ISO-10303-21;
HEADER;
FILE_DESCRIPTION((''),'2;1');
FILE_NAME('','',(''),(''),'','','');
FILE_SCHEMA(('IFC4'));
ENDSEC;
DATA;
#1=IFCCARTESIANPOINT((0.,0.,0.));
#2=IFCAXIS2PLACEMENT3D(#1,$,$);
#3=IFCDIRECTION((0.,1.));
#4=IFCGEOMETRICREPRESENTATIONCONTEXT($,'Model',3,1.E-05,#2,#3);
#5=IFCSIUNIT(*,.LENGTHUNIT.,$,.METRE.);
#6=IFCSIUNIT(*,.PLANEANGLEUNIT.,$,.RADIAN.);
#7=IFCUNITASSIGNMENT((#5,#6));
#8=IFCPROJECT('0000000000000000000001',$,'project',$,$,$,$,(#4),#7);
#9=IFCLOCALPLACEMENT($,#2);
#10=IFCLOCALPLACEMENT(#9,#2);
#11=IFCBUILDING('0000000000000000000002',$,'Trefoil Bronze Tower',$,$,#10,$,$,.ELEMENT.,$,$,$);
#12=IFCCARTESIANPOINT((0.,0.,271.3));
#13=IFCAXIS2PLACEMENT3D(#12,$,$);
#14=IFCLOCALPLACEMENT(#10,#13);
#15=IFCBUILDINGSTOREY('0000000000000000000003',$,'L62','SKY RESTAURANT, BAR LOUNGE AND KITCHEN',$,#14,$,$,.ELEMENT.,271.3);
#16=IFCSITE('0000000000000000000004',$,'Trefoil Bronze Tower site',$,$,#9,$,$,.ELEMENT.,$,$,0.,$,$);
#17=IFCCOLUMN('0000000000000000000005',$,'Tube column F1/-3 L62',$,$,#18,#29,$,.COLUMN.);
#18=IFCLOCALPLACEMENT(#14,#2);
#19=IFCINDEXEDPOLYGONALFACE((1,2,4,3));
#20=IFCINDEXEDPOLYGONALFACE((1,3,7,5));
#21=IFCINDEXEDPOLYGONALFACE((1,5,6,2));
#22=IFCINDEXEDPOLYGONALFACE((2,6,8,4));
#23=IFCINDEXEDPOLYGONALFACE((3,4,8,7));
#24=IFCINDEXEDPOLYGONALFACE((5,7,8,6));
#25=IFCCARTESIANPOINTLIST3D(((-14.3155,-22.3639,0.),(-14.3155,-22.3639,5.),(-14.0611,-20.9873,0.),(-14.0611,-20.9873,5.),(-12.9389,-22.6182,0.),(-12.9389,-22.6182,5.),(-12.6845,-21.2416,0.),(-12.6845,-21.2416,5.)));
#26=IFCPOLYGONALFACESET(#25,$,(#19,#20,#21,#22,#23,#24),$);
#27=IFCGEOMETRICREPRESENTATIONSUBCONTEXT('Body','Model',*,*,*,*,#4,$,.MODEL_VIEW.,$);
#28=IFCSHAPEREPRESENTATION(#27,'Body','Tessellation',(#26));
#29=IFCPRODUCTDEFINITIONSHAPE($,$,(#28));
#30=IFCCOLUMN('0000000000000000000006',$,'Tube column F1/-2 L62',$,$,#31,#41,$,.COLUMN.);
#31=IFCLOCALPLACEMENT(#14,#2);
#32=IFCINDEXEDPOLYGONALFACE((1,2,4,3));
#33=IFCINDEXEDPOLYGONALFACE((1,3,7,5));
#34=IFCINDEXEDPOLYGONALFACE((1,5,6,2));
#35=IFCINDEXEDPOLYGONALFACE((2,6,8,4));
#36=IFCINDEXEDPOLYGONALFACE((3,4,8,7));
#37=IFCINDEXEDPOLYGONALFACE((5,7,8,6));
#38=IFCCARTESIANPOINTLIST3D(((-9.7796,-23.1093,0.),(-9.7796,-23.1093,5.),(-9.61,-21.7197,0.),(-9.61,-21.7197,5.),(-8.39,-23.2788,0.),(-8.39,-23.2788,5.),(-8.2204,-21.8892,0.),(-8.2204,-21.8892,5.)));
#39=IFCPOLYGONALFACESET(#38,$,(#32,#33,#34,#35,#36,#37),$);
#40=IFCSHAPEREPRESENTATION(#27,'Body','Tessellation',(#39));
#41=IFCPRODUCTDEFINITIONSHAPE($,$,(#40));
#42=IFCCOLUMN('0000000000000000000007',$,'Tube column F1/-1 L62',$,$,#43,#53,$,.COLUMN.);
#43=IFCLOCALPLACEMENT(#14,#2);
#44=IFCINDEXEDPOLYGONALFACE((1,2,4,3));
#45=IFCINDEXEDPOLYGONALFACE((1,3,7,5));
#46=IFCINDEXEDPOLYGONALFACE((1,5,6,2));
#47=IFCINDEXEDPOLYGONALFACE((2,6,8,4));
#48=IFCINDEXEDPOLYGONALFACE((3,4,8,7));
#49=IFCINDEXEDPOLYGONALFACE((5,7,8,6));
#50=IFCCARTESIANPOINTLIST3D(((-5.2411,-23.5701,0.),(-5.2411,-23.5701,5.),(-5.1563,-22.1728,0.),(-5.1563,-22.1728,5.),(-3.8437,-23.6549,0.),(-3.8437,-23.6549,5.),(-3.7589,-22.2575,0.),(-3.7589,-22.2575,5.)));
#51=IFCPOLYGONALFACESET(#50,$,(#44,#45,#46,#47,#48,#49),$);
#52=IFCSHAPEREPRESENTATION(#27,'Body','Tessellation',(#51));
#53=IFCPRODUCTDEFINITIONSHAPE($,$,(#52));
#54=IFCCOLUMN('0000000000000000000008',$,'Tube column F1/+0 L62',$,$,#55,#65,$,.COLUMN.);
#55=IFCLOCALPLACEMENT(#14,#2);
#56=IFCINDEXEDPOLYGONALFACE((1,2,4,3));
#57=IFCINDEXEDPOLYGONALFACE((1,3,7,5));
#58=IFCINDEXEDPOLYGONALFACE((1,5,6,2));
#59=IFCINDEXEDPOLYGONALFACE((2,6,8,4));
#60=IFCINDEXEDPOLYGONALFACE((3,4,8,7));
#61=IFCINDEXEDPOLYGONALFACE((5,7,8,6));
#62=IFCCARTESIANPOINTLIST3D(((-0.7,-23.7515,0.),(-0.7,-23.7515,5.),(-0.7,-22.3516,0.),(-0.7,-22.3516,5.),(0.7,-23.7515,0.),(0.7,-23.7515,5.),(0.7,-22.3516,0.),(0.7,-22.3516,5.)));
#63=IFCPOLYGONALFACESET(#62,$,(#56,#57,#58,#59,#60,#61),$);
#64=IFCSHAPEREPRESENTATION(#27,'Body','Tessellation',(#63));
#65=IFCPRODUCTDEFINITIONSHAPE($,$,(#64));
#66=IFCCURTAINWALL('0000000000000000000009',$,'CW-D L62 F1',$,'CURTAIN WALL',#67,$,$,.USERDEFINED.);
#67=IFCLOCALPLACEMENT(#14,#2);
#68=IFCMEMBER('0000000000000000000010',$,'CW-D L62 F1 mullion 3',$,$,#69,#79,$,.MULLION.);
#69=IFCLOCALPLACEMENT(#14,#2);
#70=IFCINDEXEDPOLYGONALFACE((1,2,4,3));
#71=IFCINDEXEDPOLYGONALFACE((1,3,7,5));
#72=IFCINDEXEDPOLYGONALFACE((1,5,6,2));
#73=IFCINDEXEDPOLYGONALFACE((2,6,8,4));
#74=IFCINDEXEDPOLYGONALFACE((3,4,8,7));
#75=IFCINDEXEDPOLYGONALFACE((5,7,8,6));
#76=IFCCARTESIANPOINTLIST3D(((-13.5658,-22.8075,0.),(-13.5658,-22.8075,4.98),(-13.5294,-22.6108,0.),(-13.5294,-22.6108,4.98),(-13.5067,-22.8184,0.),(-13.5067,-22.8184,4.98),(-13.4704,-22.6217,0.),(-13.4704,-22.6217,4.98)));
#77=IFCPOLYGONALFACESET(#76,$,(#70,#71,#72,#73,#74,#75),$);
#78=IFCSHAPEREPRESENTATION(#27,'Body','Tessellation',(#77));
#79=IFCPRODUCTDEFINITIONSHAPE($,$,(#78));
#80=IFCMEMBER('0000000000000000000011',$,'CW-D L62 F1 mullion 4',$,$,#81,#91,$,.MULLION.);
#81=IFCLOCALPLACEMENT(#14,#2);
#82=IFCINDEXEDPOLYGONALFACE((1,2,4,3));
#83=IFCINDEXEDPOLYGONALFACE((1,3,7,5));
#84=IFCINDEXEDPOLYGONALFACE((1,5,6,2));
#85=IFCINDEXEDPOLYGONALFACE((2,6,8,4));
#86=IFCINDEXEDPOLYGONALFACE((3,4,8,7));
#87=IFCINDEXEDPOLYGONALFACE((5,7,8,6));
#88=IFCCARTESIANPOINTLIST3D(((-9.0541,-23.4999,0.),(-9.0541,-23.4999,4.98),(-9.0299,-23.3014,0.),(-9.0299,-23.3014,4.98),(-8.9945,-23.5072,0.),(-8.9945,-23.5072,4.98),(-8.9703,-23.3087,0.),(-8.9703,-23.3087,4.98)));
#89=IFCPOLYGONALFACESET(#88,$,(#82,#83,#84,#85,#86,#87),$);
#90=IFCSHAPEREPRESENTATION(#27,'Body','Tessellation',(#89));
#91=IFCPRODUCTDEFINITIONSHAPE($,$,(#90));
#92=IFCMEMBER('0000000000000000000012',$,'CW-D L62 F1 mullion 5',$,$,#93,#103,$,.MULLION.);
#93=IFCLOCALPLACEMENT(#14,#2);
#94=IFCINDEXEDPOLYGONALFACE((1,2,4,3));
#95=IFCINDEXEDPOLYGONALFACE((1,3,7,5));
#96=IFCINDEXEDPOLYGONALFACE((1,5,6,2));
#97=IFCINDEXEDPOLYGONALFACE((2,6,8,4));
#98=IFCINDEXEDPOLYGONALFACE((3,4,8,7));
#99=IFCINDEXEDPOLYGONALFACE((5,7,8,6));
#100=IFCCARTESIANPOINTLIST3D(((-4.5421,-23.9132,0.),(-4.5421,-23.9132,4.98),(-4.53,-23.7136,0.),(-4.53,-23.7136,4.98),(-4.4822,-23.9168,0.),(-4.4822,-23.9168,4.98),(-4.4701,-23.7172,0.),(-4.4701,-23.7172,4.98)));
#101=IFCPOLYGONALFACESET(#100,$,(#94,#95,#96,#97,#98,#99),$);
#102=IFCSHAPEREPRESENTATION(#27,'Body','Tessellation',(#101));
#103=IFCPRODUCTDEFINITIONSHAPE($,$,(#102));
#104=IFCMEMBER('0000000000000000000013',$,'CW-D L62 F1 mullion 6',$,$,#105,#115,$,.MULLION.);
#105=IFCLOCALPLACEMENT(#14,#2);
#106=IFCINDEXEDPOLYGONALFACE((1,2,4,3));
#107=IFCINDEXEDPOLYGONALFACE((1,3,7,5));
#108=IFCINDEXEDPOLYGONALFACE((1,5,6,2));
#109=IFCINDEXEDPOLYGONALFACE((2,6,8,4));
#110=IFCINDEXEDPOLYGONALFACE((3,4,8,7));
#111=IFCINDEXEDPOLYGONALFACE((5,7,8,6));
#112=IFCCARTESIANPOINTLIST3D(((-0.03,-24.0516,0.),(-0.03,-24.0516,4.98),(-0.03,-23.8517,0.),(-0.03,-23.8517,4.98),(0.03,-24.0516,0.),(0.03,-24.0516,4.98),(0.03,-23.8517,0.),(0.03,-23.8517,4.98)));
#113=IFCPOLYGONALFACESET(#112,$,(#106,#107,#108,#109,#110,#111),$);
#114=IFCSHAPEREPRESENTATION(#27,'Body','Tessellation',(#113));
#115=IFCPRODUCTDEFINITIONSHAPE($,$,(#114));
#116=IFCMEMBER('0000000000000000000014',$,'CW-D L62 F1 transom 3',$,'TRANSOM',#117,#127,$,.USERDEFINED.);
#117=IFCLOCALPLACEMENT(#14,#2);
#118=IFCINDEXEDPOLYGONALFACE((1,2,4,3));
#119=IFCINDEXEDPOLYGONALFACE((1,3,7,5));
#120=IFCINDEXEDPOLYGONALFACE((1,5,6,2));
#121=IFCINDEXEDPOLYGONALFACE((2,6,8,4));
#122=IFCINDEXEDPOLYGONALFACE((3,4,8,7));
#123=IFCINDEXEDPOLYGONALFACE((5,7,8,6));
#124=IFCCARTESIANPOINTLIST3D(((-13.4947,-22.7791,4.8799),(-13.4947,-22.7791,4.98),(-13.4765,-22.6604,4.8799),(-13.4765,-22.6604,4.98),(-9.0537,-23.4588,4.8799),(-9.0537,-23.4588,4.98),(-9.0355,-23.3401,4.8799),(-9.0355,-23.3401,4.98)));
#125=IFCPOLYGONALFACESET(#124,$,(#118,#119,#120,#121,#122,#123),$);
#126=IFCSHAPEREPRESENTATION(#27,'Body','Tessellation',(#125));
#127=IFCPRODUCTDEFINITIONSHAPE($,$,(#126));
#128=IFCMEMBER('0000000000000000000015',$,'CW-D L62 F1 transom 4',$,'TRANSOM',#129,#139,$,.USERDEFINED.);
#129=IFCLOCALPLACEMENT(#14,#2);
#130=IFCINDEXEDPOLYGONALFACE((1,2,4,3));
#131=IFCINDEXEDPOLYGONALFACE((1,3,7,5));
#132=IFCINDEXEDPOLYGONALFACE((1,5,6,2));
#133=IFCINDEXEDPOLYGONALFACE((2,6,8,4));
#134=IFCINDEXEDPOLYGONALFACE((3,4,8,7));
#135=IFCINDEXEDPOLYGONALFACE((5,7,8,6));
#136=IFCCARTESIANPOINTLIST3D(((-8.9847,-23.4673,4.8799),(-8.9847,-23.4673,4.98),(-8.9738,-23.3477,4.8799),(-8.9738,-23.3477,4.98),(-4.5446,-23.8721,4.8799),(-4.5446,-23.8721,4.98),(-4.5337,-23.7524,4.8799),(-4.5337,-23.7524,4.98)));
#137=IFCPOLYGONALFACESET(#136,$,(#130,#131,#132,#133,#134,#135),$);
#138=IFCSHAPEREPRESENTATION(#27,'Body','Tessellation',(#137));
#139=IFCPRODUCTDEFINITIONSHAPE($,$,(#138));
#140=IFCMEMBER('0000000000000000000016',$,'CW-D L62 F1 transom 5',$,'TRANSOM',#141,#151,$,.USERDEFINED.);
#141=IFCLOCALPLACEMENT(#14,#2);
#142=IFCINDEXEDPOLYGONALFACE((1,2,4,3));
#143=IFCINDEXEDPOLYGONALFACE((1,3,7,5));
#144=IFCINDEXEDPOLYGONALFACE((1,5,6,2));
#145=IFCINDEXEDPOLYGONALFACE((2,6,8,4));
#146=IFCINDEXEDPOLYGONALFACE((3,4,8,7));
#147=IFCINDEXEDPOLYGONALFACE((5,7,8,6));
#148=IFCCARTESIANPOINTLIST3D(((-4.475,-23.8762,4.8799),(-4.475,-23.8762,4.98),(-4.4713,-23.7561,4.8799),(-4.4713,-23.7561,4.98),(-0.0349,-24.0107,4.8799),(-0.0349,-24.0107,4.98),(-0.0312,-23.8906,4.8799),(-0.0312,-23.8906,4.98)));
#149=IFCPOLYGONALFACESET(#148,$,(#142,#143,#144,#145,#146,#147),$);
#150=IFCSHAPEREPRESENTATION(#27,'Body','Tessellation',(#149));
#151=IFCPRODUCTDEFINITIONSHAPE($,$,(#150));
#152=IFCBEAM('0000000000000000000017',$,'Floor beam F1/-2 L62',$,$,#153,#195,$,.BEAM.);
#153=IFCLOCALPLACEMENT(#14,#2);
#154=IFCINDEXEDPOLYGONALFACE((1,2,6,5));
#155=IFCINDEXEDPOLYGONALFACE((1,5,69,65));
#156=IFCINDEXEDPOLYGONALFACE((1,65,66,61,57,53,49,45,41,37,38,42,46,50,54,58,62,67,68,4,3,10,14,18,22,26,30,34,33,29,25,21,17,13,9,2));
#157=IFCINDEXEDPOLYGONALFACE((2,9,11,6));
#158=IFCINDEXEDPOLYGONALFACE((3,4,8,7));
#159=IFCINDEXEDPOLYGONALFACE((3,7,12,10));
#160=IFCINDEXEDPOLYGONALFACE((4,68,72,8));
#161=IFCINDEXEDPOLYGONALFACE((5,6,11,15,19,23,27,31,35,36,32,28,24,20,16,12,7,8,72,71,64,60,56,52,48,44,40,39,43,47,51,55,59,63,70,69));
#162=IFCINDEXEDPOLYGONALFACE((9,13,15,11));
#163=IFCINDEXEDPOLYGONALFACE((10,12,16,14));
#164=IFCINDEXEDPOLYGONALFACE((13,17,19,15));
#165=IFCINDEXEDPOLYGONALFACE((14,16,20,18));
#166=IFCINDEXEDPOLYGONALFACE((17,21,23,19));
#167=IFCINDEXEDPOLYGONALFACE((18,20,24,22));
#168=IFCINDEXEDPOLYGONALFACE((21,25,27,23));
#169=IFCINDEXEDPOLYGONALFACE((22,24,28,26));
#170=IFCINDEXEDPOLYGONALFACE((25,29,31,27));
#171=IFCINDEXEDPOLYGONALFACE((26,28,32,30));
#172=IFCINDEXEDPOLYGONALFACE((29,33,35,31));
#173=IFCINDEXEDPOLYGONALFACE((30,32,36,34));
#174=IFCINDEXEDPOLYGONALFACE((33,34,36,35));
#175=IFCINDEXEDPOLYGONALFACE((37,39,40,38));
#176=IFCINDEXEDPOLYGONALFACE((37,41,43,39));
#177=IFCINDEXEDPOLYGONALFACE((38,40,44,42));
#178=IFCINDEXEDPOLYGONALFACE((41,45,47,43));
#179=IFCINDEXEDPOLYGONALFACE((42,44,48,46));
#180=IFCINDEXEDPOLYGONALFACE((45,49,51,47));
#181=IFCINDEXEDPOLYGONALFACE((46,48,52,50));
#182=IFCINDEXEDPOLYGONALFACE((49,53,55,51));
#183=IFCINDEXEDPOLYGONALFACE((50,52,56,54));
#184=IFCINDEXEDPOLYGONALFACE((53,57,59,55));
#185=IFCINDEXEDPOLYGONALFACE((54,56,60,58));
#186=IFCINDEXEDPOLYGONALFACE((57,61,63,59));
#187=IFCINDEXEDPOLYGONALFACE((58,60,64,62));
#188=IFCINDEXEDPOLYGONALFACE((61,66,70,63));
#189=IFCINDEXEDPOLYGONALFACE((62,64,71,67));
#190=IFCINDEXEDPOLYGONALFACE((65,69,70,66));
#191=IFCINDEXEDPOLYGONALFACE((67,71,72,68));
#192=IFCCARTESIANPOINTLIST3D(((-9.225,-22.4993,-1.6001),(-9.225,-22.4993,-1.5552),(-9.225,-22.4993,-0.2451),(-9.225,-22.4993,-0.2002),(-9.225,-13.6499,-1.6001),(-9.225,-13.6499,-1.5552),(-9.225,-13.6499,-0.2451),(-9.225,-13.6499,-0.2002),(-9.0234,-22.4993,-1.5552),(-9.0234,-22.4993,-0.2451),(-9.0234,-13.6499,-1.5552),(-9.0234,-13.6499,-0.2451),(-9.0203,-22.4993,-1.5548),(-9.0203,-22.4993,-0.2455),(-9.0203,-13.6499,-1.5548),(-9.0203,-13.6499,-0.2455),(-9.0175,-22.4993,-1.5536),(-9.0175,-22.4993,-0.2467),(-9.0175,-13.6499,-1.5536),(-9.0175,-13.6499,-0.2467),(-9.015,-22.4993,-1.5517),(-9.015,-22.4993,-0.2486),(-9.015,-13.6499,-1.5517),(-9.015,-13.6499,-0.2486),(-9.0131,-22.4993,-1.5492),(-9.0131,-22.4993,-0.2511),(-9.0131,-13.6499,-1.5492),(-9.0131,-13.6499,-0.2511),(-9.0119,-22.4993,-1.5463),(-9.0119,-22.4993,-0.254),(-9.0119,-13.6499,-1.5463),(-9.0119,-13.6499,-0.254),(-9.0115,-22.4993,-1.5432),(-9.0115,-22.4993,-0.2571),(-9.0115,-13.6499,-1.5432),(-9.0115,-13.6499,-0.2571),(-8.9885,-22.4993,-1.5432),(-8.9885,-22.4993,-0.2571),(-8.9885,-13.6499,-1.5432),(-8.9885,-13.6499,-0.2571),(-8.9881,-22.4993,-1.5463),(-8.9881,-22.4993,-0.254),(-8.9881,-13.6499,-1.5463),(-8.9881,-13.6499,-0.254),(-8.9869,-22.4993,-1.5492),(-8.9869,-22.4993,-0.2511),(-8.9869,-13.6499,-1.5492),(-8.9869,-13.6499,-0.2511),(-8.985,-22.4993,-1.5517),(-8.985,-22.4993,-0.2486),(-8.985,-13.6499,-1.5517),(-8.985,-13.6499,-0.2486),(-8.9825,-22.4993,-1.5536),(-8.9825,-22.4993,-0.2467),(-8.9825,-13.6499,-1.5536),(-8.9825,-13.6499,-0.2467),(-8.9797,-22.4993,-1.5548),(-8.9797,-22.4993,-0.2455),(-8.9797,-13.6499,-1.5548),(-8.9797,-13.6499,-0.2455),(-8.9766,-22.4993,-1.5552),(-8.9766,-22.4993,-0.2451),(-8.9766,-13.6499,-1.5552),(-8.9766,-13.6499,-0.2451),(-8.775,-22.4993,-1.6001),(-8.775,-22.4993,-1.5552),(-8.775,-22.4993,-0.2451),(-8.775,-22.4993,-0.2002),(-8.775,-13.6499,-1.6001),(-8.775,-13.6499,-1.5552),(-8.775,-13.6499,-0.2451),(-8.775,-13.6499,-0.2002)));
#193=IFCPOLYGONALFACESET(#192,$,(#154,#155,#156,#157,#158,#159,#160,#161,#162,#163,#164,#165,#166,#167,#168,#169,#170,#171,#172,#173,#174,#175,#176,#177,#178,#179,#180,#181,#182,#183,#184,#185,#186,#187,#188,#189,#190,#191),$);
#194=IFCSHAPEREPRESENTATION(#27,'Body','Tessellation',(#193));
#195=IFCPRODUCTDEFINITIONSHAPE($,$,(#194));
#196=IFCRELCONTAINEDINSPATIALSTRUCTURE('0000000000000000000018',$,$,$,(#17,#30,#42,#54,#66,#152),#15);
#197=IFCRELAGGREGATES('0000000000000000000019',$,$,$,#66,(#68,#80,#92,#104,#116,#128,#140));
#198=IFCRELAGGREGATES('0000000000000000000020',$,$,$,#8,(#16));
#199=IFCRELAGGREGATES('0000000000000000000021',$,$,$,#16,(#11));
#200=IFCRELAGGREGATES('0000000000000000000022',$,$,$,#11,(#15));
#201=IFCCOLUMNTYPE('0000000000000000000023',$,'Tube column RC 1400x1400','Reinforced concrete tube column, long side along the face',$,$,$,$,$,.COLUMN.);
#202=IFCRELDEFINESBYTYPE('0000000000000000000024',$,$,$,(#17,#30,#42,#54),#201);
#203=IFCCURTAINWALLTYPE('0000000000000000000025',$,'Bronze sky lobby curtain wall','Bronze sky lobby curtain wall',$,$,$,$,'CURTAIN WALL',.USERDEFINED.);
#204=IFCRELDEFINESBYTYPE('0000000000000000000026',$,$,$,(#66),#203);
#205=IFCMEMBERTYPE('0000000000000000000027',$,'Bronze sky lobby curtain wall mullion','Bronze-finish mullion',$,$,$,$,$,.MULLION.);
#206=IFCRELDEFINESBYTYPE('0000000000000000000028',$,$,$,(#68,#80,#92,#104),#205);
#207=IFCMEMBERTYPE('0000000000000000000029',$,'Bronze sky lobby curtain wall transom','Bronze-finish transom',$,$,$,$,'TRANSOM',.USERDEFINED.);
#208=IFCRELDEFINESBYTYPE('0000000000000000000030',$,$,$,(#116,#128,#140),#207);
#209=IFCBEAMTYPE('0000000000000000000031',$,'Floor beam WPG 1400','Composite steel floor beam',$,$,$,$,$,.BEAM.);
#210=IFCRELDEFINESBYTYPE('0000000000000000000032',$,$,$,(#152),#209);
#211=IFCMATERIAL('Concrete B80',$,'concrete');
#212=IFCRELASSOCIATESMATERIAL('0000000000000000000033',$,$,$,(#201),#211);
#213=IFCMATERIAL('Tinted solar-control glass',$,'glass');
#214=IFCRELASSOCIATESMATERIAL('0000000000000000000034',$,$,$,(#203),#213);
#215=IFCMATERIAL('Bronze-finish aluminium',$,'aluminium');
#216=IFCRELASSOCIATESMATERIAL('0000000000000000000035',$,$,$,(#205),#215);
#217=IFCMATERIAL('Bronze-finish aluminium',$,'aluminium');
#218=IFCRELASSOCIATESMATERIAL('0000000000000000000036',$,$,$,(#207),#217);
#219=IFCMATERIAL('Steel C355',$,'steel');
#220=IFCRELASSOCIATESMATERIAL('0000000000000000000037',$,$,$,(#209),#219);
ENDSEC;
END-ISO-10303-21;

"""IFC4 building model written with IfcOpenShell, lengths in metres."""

from ifc_helpers import new_model, si_unit, direction, frame, origin, origin_2d, place, context, subcontext, project, spatial, rectangle, i_section, extrude, material, material_profile, profile_set, type_object, element, aggregate, save


model = new_model("IFC4")

# Units and contexts
model_context = context("Model", 3, precision=1e-05, world=origin(), true_north=direction((0.0, 1.0)))
body_context = subcontext(model_context, "Body", "Model", "MODEL_VIEW")
ifc_project = project(units=[si_unit("LENGTHUNIT", "METRE"), si_unit("PLANEANGLEUNIT", "RADIAN")], contexts=[model_context])

# Site, building, storey
site_placement = place(None, origin())
site = spatial("IfcSite", under=ifc_project, at=site_placement, Name="Trefoil Bronze Tower site", CompositionType="ELEMENT", RefElevation=0.0)
building_placement = place(site_placement, origin())
building = spatial("IfcBuilding", under=site, at=building_placement, Name="Trefoil Bronze Tower", CompositionType="ELEMENT")
storey_placement = place(building_placement, frame((0.0, 0.0, 271.3)))
storey = spatial("IfcBuildingStorey", under=building, at=storey_placement, Name="L62", Description="SKY RESTAURANT, BAR LOUNGE AND KITCHEN", CompositionType="ELEMENT", Elevation=271.3)

# Columns
ifc_material_1 = material(Name="Concrete B80", Category="concrete")
ifc_material_profile_1 = material_profile(ifc_material_1, rectangle(XDim=1.3999, YDim=1.3999, at=origin_2d()), Name="RC 1400x1400")
ifc_profile_set_1 = profile_set([ifc_material_profile_1], Name="Concrete B80")
column_type = type_object("IfcColumnType", Name="Tube column RC 1400x1400", Description="Reinforced concrete tube column, long side along the face", PredefinedType="COLUMN", material=ifc_profile_set_1)
for number, where, z_axis, x_axis, name in (
    (1, (-13.5, -21.8027, 0.0), (0.0, 0.0, 1.0), (0.98336, -0.181667, 0.0), "Tube column F1/-3 L62"),
    (2, (-9.0, -22.4993, 0.0), (0.0, 0.0, 1.0), (0.992639, -0.121109, 0.0), "Tube column F1/-2 L62"),
    (3, (-4.5, -22.9138, 0.0), (0.0, 0.0, 1.0), (0.998165, -0.060554, 0.0), "Tube column F1/-1 L62"),
    (4, (0.0, -23.0515, 0.0), (0.0, 0.0, 1.0), (1.0, 0.0, 0.0), "Tube column F1/+0 L62"),
):
    element("IfcColumn", number, at=place(storey_placement, frame(where, z_axis=z_axis, x_axis=x_axis)), inside=storey, type_object=column_type, Name=name, PredefinedType="COLUMN", context=body_context, shape_type="SweptSolid", body=[
        extrude(rectangle(XDim=1.3999, YDim=1.3999, at=origin_2d()), origin(), (0.0, 0.0, 1.0), 5.0),
    ])

# Curtain wall, members
ifc_material_2 = material(Name="Tinted solar-control glass", Category="glass")
curtain_wall_type = type_object("IfcCurtainWallType", Name="Bronze sky lobby curtain wall", Description="Bronze sky lobby curtain wall", ElementType="CURTAIN WALL", PredefinedType="USERDEFINED", material=ifc_material_2)
curtain_wall_placement = place(storey_placement, origin())
curtain_wall = element("IfcCurtainWall", 5, at=curtain_wall_placement, inside=storey, type_object=curtain_wall_type, Name="CW-D L62 F1", ObjectType="CURTAIN WALL", PredefinedType="USERDEFINED")
ifc_material_3 = material(Name="Bronze-finish aluminium", Category="aluminium")
ifc_material_profile_2 = material_profile(ifc_material_3, rectangle(XDim=0.2, YDim=0.0601, at=origin_2d()), Name="CW-D mullion")
ifc_profile_set_2 = profile_set([ifc_material_profile_2], Name="Bronze-finish aluminium")
member_type_1 = type_object("IfcMemberType", Name="Bronze sky lobby curtain wall mullion", Description="Bronze-finish mullion", PredefinedType="MULLION", material=ifc_profile_set_2)
member_1_placement = place(storey_placement, frame((-13.5181, -22.7146, 0.0), z_axis=(0.0, 0.0, 1.0), x_axis=(0.181667, 0.98336, 0.0)))
member_1 = element("IfcMember", 6, at=member_1_placement, type_object=member_type_1, Name="CW-D L62 F1 mullion 3", PredefinedType="MULLION", context=body_context, shape_type="SweptSolid", body=[
    extrude(rectangle(XDim=0.2, YDim=0.0601, at=origin_2d()), origin(), (0.0, 0.0, 1.0), 4.98),
])
member_2_placement = place(storey_placement, frame((-9.0122, -23.4043, 0.0), z_axis=(0.0, 0.0, 1.0), x_axis=(0.121109, 0.992639, 0.0)))
member_2 = element("IfcMember", 7, at=member_2_placement, type_object=member_type_1, Name="CW-D L62 F1 mullion 4", PredefinedType="MULLION", context=body_context, shape_type="SweptSolid", body=[
    extrude(rectangle(XDim=0.2, YDim=0.0601, at=origin_2d()), origin(), (0.0, 0.0, 1.0), 4.98),
])
member_3_placement = place(storey_placement, frame((-4.5061, -23.8152, 0.0), z_axis=(0.0, 0.0, 1.0), x_axis=(0.060554, 0.998165, 0.0)))
member_3 = element("IfcMember", 8, at=member_3_placement, type_object=member_type_1, Name="CW-D L62 F1 mullion 5", PredefinedType="MULLION", context=body_context, shape_type="SweptSolid", body=[
    extrude(rectangle(XDim=0.2, YDim=0.0601, at=origin_2d()), origin(), (0.0, 0.0, 1.0), 4.98),
])
member_4_placement = place(storey_placement, frame((0.0, -23.9517, 0.0), z_axis=(0.0, 0.0, 1.0), x_axis=(0.0, 1.0, 0.0)))
member_4 = element("IfcMember", 9, at=member_4_placement, type_object=member_type_1, Name="CW-D L62 F1 mullion 6", PredefinedType="MULLION", context=body_context, shape_type="SweptSolid", body=[
    extrude(rectangle(XDim=0.2, YDim=0.0601, at=origin_2d()), origin(), (0.0, 0.0, 1.0), 4.98),
])
ifc_material_4 = material(Name="Bronze-finish aluminium", Category="aluminium")
ifc_material_profile_3 = material_profile(ifc_material_4, rectangle(XDim=0.1201, YDim=0.1001, at=origin_2d()), Name="CW-D transom")
ifc_profile_set_3 = profile_set([ifc_material_profile_3], Name="Bronze-finish aluminium")
member_type_2 = type_object("IfcMemberType", Name="Bronze sky lobby curtain wall transom", Description="Bronze-finish transom", ElementType="TRANSOM", PredefinedType="USERDEFINED", material=ifc_profile_set_3)
member_5_placement = place(storey_placement, frame((-13.4856, -22.7197, 4.9299), z_axis=(0.98849, -0.151289, 0.0), x_axis=(0.151289, 0.98849, 0.0)))
member_5 = element("IfcMember", 10, at=member_5_placement, type_object=member_type_2, Name="CW-D L62 F1 transom 3", ObjectType="TRANSOM", PredefinedType="USERDEFINED", context=body_context, shape_type="SweptSolid", body=[
    extrude(rectangle(XDim=0.1201, YDim=0.1001, at=origin_2d()), origin(), (0.0, 0.0, 1.0), 4.4927),
])
member_6_placement = place(storey_placement, frame((-8.9792, -23.4075, 4.9299), z_axis=(0.99587, -0.090788, 0.0), x_axis=(0.090788, 0.99587, 0.0)))
member_6 = element("IfcMember", 11, at=member_6_placement, type_object=member_type_2, Name="CW-D L62 F1 transom 4", ObjectType="TRANSOM", PredefinedType="USERDEFINED", context=body_context, shape_type="SweptSolid", body=[
    extrude(rectangle(XDim=0.1201, YDim=0.1001, at=origin_2d()), origin(), (0.0, 0.0, 1.0), 4.4585),
])
member_7_placement = place(storey_placement, frame((-4.4731, -23.8162, 4.9299), z_axis=(0.999541, -0.030282, 0.0), x_axis=(0.030282, 0.999541, 0.0)))
member_7 = element("IfcMember", 12, at=member_7_placement, type_object=member_type_2, Name="CW-D L62 F1 transom 5", ObjectType="TRANSOM", PredefinedType="USERDEFINED", context=body_context, shape_type="SweptSolid", body=[
    extrude(rectangle(XDim=0.1201, YDim=0.1001, at=origin_2d()), origin(), (0.0, 0.0, 1.0), 4.4421),
])

# Beam
ifc_material_5 = material(Name="Steel C355", Category="steel")
ifc_material_profile_4 = material_profile(ifc_material_5, i_section(OverallWidth=0.45, OverallDepth=1.3999, WebThickness=0.0229, FlangeThickness=0.0449, FilletRadius=0.012, at=origin_2d()), Name="WPG 1400")
ifc_profile_set_4 = profile_set([ifc_material_profile_4], Name="Steel C355")
beam_type_1 = type_object("IfcBeamType", Name="Floor beam WPG 1400", Description="Composite steel floor beam", PredefinedType="BEAM", material=ifc_profile_set_4)
beam_1_placement = place(storey_placement, frame((-9.0, -22.4993, -0.9001), z_axis=(0.0, 1.0, 0.0), x_axis=(-1.0, 0.0, 0.0)))
element("IfcBeam", 13, at=beam_1_placement, inside=storey, type_object=beam_type_1, Name="Floor beam F1/-2 L62", PredefinedType="BEAM", context=body_context, shape_type="SweptSolid", body=[
    extrude(i_section(OverallWidth=0.45, OverallDepth=1.3999, WebThickness=0.0229, FlangeThickness=0.0449, FilletRadius=0.012, at=origin_2d()), origin(), (0.0, 0.0, 1.0), 8.8494),
])

aggregate(curtain_wall, [member_1, member_2, member_3, member_4, member_5, member_6, member_7])

save(model, "model.ifc")
